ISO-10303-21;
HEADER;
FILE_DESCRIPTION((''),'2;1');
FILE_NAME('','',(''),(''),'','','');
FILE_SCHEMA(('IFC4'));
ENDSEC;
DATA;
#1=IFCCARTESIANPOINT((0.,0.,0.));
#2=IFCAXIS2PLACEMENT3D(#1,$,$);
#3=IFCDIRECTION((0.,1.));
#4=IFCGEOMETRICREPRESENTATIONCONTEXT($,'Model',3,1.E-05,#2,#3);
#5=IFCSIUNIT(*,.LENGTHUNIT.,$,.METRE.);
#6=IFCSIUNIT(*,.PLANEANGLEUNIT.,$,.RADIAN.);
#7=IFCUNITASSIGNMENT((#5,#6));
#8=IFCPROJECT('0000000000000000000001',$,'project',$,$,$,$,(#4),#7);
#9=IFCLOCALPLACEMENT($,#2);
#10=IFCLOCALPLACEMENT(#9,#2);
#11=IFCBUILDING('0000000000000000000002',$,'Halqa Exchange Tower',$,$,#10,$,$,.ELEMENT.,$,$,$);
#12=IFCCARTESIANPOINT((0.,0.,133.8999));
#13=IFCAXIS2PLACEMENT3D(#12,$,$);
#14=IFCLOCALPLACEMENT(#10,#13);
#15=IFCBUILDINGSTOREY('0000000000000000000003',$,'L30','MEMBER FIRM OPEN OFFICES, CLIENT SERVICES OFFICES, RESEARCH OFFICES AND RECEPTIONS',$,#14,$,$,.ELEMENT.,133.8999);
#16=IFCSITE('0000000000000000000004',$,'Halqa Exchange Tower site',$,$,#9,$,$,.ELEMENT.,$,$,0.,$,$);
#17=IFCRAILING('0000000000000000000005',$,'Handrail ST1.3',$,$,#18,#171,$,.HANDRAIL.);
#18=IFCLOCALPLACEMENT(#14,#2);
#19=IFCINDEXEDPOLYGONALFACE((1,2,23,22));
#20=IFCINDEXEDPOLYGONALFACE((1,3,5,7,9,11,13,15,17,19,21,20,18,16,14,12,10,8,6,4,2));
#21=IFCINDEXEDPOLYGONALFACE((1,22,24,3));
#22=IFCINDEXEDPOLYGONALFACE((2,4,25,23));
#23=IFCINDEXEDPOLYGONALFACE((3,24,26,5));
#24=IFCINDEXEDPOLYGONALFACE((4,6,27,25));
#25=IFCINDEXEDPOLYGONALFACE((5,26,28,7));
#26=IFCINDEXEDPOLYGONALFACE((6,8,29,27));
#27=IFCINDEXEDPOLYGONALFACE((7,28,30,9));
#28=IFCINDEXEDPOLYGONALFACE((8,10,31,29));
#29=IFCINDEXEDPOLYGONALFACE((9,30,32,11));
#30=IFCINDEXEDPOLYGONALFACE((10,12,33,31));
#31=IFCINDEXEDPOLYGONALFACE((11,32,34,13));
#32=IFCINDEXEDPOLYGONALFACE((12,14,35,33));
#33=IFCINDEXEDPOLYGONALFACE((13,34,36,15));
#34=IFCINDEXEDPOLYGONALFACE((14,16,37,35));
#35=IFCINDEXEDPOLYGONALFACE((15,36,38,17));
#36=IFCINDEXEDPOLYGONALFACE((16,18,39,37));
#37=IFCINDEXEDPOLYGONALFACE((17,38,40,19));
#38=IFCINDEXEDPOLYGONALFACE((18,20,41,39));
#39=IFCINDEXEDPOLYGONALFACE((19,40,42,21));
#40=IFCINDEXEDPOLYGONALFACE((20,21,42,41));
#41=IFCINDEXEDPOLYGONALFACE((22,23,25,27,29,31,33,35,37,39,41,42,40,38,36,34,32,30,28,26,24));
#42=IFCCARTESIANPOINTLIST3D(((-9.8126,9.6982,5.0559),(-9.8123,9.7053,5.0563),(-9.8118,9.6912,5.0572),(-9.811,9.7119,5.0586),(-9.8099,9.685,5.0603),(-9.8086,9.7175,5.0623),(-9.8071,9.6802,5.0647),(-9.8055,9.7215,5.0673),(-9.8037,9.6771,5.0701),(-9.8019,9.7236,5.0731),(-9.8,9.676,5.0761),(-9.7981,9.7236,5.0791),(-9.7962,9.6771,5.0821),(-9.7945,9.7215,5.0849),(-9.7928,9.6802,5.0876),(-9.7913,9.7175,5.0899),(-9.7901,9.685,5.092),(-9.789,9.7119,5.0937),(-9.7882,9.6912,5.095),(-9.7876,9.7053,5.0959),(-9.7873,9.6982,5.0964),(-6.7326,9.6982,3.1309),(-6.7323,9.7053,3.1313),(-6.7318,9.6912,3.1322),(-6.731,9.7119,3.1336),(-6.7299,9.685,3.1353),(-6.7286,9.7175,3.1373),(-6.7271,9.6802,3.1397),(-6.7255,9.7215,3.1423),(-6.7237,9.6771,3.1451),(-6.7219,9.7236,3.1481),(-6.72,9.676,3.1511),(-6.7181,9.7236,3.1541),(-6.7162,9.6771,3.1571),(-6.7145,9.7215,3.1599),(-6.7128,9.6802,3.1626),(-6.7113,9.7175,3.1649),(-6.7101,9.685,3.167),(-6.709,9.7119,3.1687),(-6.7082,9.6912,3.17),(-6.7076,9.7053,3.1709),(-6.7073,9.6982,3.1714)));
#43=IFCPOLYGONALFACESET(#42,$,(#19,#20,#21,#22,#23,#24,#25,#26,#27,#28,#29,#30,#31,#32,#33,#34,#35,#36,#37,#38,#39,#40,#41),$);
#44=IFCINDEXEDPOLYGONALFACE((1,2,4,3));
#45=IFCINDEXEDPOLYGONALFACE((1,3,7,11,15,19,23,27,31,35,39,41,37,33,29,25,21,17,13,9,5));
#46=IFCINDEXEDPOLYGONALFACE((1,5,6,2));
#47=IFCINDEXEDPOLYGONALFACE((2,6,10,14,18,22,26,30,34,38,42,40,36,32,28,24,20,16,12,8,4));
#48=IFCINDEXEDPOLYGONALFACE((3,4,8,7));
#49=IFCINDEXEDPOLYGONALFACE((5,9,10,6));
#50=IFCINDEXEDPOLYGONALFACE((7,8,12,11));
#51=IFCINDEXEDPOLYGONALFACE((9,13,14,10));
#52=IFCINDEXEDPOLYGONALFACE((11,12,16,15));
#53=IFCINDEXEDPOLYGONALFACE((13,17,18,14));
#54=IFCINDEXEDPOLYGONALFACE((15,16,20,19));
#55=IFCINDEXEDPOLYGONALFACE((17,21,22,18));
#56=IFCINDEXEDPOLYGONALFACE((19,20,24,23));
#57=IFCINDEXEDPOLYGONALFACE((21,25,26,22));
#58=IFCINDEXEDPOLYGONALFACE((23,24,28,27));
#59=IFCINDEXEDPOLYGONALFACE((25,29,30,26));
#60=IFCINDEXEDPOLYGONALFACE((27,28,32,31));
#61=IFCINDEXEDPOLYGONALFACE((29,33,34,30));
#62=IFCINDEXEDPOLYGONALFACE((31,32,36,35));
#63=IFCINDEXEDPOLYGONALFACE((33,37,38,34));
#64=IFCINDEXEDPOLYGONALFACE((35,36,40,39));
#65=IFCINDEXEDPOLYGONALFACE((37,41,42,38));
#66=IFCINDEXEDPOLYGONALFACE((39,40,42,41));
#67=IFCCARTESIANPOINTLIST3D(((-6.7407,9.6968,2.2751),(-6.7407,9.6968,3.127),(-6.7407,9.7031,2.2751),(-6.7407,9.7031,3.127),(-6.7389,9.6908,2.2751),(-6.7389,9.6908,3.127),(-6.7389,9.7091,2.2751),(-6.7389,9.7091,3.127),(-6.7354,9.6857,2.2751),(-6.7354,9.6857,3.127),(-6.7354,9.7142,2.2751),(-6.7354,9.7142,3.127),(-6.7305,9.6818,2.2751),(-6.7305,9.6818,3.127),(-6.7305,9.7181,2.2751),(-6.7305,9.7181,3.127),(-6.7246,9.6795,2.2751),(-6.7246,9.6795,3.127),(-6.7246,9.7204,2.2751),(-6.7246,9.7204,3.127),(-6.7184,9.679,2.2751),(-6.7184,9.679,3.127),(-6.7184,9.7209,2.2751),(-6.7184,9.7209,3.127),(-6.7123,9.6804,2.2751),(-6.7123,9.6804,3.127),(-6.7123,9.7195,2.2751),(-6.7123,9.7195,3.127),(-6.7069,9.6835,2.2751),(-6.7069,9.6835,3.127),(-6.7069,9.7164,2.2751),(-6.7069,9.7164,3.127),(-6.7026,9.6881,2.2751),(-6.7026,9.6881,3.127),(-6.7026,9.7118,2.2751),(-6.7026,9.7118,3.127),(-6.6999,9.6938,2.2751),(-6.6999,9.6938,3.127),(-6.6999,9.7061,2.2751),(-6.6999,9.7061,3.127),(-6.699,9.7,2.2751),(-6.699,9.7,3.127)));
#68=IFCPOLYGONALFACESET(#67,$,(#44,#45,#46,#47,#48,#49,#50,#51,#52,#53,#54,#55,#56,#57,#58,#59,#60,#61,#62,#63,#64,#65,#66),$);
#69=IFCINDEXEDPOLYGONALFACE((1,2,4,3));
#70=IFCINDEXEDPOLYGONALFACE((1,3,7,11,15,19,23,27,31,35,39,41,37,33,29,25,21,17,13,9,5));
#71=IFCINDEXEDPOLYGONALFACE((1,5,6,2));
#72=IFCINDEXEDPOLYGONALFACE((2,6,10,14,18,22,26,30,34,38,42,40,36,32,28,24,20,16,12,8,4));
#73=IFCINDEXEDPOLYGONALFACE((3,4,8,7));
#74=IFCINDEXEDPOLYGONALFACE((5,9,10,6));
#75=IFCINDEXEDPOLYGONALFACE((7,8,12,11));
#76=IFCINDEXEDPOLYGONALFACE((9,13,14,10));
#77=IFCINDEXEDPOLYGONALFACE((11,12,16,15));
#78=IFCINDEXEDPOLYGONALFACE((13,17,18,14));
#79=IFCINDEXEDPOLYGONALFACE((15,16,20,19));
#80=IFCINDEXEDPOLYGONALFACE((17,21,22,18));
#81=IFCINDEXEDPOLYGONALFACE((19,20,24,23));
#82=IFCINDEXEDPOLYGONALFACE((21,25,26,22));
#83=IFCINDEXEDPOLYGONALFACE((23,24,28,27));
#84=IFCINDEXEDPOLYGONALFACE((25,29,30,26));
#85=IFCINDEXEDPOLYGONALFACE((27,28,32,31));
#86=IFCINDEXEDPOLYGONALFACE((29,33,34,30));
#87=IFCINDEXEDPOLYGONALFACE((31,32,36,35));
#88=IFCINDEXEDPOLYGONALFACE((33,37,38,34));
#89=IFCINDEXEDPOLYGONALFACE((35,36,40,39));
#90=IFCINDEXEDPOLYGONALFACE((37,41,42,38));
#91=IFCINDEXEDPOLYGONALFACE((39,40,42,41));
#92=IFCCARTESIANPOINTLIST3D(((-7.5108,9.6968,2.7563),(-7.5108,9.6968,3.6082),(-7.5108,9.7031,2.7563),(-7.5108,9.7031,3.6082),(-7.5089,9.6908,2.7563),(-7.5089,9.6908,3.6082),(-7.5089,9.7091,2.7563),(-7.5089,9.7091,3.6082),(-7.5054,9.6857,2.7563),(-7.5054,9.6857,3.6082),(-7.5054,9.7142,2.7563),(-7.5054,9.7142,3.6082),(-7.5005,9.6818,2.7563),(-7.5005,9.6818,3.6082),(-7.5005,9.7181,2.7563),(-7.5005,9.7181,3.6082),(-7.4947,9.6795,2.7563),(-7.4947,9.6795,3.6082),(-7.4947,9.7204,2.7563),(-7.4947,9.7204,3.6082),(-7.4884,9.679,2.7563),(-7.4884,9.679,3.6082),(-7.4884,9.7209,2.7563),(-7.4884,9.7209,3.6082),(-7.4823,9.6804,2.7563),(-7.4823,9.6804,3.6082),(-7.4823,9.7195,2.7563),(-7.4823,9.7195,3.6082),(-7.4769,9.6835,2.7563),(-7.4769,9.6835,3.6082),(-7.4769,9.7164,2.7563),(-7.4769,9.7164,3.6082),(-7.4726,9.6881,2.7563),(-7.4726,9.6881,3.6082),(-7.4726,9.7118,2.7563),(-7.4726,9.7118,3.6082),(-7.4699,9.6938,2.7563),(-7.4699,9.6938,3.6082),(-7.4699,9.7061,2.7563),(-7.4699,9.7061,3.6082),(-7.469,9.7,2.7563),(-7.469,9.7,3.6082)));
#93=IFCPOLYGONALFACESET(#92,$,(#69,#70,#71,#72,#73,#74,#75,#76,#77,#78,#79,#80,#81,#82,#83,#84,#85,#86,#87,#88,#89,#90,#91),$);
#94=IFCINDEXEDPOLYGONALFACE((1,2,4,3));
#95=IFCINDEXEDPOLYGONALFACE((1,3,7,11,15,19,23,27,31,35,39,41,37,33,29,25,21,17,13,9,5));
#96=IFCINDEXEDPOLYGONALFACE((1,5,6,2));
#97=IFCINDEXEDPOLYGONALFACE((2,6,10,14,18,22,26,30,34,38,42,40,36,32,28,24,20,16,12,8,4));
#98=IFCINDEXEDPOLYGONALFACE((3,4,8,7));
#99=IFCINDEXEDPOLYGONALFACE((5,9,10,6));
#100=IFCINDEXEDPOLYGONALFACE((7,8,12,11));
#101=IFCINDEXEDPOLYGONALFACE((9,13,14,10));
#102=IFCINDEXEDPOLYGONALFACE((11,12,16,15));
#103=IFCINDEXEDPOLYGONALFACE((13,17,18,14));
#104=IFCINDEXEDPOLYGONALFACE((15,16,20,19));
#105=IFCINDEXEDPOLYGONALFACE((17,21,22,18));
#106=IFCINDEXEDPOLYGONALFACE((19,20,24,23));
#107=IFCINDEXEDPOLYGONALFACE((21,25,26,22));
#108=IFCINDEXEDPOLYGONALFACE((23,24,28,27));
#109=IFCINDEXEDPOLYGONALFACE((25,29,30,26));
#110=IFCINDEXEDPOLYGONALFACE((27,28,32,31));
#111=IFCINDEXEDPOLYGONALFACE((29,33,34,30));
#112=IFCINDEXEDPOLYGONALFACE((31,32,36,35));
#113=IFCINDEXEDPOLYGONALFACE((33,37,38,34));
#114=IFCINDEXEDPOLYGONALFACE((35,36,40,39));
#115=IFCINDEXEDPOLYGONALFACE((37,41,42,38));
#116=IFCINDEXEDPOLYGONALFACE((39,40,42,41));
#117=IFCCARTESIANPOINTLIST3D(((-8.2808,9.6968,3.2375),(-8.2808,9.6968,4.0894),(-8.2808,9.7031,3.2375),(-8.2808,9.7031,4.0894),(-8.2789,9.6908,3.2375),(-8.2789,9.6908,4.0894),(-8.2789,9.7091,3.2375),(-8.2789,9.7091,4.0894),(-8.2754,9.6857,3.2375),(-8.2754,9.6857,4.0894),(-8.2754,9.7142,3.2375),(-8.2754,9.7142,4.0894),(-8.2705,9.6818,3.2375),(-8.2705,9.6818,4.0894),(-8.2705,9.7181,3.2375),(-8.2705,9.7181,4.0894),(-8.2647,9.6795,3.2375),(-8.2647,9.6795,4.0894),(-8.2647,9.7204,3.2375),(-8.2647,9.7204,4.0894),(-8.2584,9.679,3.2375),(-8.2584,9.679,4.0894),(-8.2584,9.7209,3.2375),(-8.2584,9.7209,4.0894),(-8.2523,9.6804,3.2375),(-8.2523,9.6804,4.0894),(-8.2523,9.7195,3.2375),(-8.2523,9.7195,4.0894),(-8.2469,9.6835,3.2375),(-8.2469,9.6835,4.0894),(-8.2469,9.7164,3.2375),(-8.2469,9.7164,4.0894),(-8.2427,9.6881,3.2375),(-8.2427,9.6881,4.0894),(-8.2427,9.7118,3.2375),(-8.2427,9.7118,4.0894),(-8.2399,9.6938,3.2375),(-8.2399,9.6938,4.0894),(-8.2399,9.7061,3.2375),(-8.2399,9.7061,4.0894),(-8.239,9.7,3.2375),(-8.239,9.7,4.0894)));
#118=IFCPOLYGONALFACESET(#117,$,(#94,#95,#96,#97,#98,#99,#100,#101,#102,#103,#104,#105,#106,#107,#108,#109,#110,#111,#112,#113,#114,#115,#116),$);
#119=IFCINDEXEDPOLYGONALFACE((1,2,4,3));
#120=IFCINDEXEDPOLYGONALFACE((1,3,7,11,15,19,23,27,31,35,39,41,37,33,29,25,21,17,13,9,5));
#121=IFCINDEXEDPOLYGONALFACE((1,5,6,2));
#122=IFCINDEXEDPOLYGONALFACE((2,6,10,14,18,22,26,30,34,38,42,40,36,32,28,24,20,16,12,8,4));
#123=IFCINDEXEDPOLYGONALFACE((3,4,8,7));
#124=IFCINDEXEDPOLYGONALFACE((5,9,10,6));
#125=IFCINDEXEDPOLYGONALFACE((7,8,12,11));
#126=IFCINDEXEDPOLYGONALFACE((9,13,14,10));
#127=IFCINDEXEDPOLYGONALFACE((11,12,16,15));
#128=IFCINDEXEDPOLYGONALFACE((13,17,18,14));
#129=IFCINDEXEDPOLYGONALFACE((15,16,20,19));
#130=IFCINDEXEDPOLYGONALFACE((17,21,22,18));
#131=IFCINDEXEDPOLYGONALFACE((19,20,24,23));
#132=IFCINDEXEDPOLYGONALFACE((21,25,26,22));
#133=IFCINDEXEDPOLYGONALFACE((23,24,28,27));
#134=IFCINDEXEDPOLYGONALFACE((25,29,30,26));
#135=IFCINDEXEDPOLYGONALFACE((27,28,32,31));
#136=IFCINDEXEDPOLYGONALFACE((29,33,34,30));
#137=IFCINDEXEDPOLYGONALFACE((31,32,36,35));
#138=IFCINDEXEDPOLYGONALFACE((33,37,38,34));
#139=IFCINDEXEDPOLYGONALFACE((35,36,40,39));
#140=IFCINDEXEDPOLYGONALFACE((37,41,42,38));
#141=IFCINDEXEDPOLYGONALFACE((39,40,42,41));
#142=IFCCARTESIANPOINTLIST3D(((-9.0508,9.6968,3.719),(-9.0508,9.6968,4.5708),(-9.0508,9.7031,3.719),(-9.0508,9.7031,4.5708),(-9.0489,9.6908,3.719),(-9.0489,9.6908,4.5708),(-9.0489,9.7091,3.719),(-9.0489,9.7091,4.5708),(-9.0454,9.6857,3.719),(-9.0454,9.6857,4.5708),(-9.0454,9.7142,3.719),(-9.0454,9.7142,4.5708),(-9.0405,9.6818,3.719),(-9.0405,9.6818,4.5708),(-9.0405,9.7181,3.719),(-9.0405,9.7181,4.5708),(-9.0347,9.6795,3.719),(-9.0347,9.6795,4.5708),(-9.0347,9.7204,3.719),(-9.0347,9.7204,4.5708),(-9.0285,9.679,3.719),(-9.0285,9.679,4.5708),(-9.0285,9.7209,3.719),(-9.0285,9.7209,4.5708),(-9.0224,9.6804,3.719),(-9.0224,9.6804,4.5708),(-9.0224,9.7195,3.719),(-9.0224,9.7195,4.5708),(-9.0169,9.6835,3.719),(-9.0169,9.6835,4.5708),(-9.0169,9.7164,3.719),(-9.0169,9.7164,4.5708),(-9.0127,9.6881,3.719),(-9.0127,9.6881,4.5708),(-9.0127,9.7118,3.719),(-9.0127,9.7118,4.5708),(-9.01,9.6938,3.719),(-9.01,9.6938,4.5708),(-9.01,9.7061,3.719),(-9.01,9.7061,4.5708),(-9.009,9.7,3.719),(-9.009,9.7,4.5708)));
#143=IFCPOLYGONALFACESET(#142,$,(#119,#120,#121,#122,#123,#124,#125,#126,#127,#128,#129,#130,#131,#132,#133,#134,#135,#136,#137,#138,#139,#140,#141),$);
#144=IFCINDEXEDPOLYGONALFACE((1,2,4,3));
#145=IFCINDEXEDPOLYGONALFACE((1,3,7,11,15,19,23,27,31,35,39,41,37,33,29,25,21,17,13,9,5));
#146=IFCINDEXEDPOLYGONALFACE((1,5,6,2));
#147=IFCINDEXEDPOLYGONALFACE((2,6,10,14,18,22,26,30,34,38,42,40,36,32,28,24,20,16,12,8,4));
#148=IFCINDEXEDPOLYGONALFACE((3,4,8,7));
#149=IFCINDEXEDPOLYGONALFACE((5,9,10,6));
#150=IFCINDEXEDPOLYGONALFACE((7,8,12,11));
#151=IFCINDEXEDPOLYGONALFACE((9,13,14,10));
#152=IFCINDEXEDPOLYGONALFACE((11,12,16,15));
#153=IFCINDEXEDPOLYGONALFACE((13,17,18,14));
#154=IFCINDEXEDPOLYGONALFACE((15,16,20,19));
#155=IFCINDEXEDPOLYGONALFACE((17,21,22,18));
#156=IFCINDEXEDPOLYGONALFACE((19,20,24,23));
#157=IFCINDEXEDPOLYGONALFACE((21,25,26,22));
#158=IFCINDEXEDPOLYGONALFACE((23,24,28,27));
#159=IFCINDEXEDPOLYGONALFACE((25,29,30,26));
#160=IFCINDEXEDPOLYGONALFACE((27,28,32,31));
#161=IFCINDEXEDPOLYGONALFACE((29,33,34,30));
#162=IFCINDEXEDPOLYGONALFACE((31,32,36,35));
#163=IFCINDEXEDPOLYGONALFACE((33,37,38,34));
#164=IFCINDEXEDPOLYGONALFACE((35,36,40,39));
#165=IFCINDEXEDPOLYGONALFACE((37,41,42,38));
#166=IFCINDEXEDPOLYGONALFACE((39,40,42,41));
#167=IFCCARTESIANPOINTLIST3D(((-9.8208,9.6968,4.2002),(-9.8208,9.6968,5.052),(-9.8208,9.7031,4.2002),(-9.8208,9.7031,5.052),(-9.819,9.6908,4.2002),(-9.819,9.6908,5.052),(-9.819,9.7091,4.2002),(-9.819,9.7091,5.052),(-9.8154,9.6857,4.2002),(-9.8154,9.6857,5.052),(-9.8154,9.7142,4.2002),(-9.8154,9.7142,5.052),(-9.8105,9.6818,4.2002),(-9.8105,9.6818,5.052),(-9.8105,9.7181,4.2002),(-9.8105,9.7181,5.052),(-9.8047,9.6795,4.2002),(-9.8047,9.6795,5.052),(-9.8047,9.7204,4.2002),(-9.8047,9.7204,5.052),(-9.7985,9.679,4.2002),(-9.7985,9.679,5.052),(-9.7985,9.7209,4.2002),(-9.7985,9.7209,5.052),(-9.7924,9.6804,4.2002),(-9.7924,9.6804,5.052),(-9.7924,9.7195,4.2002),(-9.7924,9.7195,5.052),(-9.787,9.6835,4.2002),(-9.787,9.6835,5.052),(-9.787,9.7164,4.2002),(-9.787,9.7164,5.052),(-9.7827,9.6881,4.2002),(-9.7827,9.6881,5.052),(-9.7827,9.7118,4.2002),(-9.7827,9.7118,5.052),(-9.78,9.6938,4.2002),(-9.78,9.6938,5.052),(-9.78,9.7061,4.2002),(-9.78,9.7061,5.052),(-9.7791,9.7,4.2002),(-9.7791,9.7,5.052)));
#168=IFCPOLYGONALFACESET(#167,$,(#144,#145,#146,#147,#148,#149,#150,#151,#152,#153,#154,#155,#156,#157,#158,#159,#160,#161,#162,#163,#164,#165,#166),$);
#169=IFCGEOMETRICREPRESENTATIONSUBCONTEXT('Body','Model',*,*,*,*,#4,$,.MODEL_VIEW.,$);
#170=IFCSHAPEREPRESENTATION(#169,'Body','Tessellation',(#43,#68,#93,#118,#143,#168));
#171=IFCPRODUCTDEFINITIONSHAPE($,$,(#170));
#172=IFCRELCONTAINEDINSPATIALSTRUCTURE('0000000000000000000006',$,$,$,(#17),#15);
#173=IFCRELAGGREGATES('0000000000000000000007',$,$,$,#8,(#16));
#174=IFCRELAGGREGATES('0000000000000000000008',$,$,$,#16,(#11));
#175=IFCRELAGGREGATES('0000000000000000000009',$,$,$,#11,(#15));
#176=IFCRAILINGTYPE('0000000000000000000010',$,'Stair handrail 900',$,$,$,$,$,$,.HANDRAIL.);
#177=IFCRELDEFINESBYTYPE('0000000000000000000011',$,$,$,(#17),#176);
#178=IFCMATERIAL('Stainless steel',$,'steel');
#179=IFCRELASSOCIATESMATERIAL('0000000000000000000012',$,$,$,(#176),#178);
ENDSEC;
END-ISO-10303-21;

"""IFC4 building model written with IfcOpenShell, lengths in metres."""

from ifc_helpers import new_model, si_unit, direction, frame, origin, origin_2d, place, context, subcontext, project, spatial, circle, extrude, material, type_object, element, save


model = new_model("IFC4")

# Units and contexts
model_context = context("Model", 3, precision=1e-05, world=origin(), true_north=direction((0.0, 1.0)))
body_context = subcontext(model_context, "Body", "Model", "MODEL_VIEW")
ifc_project = project(units=[si_unit("LENGTHUNIT", "METRE"), si_unit("PLANEANGLEUNIT", "RADIAN")], contexts=[model_context])

# Site, building, storey
site_placement = place(None, origin())
site = spatial("IfcSite", under=ifc_project, at=site_placement, Name="Halqa Exchange Tower site", CompositionType="ELEMENT", RefElevation=0.0)
building_placement = place(site_placement, origin())
building = spatial("IfcBuilding", under=site, at=building_placement, Name="Halqa Exchange Tower", CompositionType="ELEMENT")
storey_placement = place(building_placement, frame((0.0, 0.0, 133.8999)))
storey = spatial("IfcBuildingStorey", under=building, at=storey_placement, Name="L30", Description="MEMBER FIRM OPEN OFFICES, CLIENT SERVICES OFFICES, RESEARCH OFFICES AND RECEPTIONS", CompositionType="ELEMENT", Elevation=133.8999)

# Railing
ifc_material_1 = material(Name="Stainless steel", Category="steel")
railing_type_1 = type_object("IfcRailingType", Name="Stair handrail 900", PredefinedType="HANDRAIL", material=ifc_material_1)
railing_1_placement = place(storey_placement, frame((-6.72, 9.7, 2.2751)))
element("IfcRailing", 1, at=railing_1_placement, inside=storey, type_object=railing_type_1, Name="Handrail ST1.3", PredefinedType="HANDRAIL", context=body_context, shape_type="SweptSolid", body=[
    extrude(circle(Radius=0.0239, at=origin_2d()), frame((0.0, 0.0, 0.876), z_axis=(-0.847998, 0.0, 0.529999), x_axis=(0.0, -1.0, 0.0)), (0.0, 0.0, 1.0), 3.6321),
    extrude(circle(Radius=0.021, at=origin_2d()), origin(), (0.0, 0.0, 1.0), 0.8518),
    extrude(circle(Radius=0.021, at=origin_2d()), frame((-0.77, 0.0, 0.4812)), (0.0, 0.0, 1.0), 0.8518),
    extrude(circle(Radius=0.021, at=origin_2d()), frame((-1.54, 0.0, 0.9624)), (0.0, 0.0, 1.0), 0.8518),
    extrude(circle(Radius=0.021, at=origin_2d()), frame((-2.3101, 0.0, 1.4438)), (0.0, 0.0, 1.0), 0.8518),
    extrude(circle(Radius=0.021, at=origin_2d()), frame((-3.0801, 0.0, 1.925)), (0.0, 0.0, 1.0), 0.8518),
])

save(model, "model.ifc")
